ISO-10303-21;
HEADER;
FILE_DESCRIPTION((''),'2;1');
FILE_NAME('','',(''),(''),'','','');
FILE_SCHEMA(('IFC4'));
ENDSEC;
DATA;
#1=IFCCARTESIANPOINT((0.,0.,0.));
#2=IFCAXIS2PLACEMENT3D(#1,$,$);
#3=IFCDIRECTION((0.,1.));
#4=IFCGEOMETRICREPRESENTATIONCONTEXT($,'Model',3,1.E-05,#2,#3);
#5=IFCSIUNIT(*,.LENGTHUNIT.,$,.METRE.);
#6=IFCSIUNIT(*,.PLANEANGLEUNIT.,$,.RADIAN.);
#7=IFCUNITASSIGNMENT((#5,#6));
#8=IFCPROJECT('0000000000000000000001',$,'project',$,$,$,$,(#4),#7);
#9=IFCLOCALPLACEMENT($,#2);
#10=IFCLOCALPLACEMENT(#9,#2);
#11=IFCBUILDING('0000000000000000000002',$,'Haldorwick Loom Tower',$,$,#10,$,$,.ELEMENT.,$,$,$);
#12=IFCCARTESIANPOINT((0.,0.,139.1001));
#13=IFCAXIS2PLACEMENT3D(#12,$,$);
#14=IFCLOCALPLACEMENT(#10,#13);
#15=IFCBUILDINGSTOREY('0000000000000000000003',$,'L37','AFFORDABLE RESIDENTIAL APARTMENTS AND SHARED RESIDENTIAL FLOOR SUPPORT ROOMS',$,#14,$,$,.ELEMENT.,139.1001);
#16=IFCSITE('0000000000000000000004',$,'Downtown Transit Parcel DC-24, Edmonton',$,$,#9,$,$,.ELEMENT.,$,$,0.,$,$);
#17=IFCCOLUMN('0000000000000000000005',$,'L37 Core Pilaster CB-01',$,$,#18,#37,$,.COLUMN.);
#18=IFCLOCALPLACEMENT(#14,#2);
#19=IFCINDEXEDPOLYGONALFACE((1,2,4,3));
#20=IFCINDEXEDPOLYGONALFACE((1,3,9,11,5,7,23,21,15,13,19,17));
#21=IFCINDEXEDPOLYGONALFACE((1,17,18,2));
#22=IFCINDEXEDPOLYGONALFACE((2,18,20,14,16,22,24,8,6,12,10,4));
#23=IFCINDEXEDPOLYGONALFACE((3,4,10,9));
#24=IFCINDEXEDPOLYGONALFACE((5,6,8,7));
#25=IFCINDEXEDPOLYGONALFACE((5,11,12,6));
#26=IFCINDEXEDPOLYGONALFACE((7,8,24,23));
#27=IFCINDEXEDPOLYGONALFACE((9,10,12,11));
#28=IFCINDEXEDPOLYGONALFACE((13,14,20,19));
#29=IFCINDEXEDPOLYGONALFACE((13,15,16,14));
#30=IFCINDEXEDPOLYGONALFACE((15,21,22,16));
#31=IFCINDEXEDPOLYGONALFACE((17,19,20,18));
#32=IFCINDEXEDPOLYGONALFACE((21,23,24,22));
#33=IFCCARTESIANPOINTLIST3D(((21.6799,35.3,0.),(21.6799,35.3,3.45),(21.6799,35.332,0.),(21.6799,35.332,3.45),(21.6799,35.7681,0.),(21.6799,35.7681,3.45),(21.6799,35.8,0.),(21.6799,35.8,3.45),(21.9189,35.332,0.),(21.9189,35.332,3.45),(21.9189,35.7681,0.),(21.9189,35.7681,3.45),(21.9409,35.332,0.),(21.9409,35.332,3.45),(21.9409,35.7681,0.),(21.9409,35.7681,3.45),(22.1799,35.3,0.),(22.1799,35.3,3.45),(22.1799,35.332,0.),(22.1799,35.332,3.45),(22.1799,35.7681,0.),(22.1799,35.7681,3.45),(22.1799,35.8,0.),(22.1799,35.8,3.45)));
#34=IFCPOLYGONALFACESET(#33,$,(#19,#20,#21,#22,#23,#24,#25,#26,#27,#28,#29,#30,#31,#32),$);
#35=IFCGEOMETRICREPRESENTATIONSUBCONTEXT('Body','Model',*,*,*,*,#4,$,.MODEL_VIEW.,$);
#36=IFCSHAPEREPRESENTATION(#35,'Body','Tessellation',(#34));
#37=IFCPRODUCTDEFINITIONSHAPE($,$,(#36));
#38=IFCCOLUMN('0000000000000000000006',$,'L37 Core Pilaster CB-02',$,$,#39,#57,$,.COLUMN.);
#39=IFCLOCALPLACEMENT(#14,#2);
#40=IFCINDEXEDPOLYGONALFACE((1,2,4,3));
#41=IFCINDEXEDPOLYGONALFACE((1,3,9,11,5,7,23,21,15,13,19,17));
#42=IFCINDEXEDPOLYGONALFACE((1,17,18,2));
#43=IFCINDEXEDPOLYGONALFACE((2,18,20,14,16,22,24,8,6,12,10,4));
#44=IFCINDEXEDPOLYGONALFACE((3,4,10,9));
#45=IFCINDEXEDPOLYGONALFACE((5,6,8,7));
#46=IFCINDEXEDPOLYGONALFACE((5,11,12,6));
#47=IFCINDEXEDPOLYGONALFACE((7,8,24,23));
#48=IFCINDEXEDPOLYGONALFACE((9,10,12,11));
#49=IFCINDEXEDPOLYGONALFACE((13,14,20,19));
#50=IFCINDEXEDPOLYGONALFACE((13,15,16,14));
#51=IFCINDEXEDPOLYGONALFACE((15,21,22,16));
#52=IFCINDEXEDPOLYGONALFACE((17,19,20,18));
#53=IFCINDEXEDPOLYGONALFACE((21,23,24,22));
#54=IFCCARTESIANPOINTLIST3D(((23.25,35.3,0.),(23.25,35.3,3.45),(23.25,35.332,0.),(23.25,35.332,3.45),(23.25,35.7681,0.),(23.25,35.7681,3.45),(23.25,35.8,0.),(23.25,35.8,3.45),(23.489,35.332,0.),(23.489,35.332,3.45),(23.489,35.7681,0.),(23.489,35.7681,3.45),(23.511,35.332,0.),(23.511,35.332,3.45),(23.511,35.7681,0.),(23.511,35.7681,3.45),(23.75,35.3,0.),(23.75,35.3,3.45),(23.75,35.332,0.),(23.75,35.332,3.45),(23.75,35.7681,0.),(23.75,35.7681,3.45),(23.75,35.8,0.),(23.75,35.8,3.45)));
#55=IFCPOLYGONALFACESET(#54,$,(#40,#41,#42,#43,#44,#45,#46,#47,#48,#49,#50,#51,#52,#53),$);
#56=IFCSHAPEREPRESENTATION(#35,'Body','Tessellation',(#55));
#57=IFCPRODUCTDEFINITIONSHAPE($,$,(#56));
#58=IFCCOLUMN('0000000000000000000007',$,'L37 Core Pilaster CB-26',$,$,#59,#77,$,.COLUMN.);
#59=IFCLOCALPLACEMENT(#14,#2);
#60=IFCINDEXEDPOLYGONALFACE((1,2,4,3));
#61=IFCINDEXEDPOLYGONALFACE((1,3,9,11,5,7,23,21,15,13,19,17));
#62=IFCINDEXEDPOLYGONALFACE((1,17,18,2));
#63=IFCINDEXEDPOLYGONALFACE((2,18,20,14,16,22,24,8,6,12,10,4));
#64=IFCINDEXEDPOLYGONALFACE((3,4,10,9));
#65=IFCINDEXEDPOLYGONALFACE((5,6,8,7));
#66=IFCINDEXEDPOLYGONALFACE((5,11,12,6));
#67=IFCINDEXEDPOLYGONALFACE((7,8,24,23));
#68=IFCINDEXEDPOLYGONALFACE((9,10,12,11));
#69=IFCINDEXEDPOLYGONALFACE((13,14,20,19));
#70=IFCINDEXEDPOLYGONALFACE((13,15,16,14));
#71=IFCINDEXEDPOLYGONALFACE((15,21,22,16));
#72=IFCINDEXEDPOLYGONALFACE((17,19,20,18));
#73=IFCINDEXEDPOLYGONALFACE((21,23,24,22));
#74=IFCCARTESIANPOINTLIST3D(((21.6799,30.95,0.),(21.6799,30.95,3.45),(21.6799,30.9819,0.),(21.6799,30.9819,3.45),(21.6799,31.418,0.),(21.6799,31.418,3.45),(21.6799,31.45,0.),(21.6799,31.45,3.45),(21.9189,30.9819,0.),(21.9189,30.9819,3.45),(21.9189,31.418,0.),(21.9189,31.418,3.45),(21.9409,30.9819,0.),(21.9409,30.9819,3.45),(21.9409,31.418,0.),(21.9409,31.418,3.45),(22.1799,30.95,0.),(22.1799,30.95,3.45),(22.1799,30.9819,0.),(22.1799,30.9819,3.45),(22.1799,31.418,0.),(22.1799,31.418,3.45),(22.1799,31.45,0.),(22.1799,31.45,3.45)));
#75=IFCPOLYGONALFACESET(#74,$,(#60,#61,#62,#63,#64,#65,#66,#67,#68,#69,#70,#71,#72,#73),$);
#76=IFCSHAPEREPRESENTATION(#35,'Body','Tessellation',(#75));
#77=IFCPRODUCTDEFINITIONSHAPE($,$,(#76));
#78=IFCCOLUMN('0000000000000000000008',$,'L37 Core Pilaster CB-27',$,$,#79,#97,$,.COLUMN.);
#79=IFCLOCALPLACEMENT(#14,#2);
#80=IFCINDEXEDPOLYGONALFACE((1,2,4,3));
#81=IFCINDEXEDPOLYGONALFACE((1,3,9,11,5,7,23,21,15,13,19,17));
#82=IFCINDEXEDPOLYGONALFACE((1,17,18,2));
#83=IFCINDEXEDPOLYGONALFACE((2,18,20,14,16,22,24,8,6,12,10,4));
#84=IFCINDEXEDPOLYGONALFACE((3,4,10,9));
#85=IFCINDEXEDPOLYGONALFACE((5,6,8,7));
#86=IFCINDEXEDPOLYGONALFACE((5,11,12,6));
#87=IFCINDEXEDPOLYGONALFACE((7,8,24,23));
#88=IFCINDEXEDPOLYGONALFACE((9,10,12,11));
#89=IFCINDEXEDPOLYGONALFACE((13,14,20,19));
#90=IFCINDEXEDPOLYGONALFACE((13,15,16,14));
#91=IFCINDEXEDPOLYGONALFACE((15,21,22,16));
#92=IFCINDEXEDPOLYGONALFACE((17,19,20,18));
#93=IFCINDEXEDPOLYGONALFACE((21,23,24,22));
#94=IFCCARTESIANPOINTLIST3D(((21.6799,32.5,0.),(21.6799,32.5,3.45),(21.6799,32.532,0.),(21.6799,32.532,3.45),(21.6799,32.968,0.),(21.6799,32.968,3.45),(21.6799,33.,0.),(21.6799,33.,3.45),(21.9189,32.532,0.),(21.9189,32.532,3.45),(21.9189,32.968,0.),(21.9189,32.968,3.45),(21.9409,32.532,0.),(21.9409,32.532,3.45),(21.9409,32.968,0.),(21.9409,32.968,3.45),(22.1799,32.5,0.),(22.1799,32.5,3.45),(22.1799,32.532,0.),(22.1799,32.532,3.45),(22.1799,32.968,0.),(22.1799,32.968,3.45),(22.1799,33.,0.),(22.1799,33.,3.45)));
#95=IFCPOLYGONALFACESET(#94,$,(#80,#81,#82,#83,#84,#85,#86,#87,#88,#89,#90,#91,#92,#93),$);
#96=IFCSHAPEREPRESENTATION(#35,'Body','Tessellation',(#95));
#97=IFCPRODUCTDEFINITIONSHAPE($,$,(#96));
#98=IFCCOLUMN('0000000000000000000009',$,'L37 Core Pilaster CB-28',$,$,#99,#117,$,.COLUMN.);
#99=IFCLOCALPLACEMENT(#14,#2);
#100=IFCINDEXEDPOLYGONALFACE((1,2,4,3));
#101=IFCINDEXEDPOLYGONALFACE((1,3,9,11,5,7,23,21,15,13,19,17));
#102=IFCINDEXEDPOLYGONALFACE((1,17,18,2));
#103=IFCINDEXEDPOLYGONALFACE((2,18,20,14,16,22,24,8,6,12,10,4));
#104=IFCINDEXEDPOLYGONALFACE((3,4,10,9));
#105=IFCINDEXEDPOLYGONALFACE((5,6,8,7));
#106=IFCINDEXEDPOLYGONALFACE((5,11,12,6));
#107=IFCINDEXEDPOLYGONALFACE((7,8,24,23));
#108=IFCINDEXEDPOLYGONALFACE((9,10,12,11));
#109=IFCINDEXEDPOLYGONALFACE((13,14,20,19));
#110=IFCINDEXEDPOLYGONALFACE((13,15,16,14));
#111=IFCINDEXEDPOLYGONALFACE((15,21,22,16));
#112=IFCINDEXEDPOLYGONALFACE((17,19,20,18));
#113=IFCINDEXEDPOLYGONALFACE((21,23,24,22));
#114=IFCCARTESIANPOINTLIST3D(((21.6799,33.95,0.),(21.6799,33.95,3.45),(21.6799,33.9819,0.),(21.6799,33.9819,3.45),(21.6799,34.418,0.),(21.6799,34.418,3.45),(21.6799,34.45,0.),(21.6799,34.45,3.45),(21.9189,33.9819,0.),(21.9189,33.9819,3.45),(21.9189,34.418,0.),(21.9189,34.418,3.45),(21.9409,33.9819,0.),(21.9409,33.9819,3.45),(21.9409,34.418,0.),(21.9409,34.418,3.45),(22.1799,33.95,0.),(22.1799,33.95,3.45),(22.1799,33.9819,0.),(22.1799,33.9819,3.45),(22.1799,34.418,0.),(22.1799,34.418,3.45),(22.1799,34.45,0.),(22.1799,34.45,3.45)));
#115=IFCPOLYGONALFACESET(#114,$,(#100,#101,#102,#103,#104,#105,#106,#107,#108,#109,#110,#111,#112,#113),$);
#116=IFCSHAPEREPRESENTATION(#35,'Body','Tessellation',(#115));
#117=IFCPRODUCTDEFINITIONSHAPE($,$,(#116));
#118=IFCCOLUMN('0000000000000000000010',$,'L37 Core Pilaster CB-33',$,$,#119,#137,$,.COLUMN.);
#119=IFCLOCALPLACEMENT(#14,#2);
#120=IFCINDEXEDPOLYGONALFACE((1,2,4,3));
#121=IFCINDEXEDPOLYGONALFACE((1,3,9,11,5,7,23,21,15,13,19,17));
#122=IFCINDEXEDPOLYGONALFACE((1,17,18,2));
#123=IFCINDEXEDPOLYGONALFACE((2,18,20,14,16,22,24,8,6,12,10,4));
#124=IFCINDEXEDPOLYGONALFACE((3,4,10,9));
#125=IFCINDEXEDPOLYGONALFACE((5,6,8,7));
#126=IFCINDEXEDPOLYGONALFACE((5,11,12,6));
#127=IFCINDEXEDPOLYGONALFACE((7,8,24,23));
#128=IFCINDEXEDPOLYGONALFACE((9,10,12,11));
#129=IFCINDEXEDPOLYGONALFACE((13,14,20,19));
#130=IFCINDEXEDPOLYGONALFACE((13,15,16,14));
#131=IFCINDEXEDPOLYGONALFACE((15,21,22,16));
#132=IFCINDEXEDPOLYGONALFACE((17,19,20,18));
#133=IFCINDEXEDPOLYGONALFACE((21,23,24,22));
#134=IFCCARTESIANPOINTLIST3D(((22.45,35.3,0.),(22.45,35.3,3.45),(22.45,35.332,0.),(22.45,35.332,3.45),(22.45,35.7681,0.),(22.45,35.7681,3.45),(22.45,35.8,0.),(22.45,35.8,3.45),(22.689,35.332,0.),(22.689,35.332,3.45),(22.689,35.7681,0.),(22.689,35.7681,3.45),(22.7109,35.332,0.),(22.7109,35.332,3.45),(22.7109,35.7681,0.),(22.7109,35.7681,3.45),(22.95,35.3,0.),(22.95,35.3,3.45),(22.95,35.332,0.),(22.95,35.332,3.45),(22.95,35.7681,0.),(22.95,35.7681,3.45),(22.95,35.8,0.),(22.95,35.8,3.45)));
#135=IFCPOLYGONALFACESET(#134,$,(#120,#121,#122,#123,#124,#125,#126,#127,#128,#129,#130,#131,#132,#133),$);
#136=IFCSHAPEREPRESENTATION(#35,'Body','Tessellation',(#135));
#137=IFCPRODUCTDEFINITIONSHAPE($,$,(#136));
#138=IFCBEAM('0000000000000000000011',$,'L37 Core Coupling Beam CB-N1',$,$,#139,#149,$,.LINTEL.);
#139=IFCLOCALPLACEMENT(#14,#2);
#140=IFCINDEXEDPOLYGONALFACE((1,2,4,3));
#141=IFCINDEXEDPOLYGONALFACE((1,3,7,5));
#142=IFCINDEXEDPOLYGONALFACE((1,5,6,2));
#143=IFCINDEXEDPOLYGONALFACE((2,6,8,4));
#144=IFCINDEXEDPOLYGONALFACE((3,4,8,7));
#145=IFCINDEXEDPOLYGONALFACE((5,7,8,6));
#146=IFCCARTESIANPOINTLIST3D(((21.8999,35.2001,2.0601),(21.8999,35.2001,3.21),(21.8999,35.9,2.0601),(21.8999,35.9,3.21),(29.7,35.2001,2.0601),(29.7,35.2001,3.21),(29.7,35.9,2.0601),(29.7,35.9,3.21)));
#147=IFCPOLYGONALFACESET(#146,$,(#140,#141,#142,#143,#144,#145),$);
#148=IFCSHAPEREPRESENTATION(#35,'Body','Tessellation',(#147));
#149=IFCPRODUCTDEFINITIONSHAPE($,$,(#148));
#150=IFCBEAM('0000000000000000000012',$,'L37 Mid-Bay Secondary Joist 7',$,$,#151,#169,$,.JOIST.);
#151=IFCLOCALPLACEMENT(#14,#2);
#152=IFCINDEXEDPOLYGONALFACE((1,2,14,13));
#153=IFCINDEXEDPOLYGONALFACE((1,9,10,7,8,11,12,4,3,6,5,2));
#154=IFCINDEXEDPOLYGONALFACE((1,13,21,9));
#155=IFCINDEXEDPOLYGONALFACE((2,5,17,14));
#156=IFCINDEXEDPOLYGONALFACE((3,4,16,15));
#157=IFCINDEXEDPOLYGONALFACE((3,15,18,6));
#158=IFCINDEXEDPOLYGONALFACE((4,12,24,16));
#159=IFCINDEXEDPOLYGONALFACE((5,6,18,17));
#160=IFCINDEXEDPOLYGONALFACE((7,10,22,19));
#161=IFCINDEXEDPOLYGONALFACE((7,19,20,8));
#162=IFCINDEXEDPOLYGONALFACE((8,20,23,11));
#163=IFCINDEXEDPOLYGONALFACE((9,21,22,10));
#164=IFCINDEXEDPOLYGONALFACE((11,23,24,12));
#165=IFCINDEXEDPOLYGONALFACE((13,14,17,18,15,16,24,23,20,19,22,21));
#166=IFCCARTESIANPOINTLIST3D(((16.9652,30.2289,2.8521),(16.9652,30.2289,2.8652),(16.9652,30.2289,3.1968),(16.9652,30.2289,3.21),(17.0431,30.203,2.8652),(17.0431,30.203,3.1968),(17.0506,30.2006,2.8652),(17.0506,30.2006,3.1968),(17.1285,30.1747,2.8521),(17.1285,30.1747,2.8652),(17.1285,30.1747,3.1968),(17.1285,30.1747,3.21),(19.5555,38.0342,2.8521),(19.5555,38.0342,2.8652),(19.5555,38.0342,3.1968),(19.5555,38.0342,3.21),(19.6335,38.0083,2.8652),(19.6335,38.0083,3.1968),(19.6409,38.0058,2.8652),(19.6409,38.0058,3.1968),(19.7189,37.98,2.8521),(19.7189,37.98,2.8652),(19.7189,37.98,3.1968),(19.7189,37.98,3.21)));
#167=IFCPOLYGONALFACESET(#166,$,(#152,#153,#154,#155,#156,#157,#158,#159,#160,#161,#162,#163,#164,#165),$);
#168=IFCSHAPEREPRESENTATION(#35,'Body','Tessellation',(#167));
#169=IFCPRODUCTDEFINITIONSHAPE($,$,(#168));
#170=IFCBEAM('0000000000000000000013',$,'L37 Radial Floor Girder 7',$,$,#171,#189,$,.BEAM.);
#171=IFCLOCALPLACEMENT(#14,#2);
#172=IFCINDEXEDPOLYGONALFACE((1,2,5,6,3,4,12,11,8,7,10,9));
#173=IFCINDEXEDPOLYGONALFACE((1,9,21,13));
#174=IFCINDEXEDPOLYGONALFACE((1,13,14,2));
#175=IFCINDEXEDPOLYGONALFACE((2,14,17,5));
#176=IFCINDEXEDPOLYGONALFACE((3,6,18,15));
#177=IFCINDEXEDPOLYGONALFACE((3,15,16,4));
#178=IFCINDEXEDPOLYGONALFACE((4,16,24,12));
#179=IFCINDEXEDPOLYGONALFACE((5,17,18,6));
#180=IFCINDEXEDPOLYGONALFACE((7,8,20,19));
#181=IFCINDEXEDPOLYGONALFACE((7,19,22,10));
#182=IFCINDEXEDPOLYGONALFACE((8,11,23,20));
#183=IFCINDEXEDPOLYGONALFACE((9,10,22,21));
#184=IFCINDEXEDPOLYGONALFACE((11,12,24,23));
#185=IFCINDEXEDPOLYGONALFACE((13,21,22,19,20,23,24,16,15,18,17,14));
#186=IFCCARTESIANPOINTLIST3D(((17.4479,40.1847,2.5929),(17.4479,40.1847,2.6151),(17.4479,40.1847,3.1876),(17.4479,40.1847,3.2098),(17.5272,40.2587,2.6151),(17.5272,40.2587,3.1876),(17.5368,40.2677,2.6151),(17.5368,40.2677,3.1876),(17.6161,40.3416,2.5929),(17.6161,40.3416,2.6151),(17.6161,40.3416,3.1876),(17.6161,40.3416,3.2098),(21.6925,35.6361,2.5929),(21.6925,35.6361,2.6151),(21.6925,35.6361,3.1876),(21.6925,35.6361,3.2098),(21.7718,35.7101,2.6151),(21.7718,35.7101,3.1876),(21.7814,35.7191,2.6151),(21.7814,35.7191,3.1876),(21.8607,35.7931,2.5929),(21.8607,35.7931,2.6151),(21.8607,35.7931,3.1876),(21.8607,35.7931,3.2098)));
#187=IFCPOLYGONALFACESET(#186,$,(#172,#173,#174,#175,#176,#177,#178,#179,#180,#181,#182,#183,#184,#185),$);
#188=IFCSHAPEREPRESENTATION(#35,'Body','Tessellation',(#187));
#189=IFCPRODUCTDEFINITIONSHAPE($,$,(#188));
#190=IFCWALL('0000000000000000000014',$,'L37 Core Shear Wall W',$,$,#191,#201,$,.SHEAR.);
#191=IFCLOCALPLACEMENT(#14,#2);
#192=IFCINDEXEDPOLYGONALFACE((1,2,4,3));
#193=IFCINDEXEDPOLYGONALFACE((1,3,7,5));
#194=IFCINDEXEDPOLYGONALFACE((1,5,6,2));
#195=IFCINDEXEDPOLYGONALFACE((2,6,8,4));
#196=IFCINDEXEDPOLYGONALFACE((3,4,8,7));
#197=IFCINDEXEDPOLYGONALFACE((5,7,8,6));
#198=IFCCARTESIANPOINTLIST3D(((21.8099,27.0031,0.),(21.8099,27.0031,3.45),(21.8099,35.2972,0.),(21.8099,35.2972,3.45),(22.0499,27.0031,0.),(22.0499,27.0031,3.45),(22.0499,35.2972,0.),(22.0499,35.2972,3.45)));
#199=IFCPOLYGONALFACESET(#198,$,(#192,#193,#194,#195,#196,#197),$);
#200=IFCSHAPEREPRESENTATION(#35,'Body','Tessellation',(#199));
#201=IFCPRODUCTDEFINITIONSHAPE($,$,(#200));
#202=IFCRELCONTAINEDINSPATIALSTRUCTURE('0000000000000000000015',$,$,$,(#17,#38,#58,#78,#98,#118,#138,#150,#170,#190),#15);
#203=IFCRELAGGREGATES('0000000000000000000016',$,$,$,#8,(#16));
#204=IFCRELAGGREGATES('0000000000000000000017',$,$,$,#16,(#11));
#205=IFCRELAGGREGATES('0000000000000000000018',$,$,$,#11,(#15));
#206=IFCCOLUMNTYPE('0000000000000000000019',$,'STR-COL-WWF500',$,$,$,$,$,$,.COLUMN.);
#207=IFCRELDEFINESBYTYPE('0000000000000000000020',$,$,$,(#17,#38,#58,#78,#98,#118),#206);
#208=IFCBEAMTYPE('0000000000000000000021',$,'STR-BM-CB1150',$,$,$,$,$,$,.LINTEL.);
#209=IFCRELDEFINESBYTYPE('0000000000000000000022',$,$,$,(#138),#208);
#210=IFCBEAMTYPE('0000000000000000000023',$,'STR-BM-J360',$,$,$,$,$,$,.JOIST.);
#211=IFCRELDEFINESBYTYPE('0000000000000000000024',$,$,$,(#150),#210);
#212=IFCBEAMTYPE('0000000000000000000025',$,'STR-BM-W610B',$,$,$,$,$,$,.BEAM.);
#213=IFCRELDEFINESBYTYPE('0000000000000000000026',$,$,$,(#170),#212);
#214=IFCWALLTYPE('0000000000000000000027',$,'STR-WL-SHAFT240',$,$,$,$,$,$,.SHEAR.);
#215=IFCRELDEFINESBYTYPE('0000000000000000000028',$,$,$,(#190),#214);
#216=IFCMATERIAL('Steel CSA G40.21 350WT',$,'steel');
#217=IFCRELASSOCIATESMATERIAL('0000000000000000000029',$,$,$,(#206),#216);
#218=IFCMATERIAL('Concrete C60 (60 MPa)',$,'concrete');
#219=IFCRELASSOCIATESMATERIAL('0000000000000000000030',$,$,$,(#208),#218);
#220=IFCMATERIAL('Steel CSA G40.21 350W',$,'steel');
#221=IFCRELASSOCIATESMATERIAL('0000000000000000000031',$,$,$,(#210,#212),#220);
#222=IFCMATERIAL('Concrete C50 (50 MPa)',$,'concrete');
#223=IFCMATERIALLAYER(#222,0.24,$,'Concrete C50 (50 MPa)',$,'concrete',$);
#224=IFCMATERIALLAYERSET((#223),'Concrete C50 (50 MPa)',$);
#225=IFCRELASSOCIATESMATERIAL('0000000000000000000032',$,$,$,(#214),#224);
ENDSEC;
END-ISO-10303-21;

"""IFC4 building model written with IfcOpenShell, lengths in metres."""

from ifc_helpers import new_model, si_unit, direction, frame, frame_2d, origin, origin_2d, place, context, subcontext, project, spatial, rectangle, i_section, extrude, material, layer, layer_set, material_profile, profile_set, type_object, element, save


model = new_model("IFC4")

# Units and contexts
model_context = context("Model", 3, precision=1e-05, world=origin(), true_north=direction((0.0, 1.0)))
body_context = subcontext(model_context, "Body", "Model", "MODEL_VIEW")
ifc_project = project(units=[si_unit("LENGTHUNIT", "METRE"), si_unit("PLANEANGLEUNIT", "RADIAN")], contexts=[model_context])

# Site, building, storey
site_placement = place(None, origin())
site = spatial("IfcSite", under=ifc_project, at=site_placement, Name="Downtown Transit Parcel DC-24, Edmonton", CompositionType="ELEMENT", RefElevation=0.0)
building_placement = place(site_placement, origin())
building = spatial("IfcBuilding", under=site, at=building_placement, Name="Haldorwick Loom Tower", CompositionType="ELEMENT")
storey_placement = place(building_placement, frame((0.0, 0.0, 139.1001)))
storey = spatial("IfcBuildingStorey", under=building, at=storey_placement, Name="L37", Description="AFFORDABLE RESIDENTIAL APARTMENTS AND SHARED RESIDENTIAL FLOOR SUPPORT ROOMS", CompositionType="ELEMENT", Elevation=139.1001)

# Columns
ifc_material_1 = material(Name="Steel CSA G40.21 350WT", Category="steel")
ifc_material_profile_1 = material_profile(ifc_material_1, i_section(OverallWidth=0.5, OverallDepth=0.5, WebThickness=0.022, FlangeThickness=0.032, at=origin_2d()), Name="WWF500X500", Category="steel")
ifc_profile_set_1 = profile_set([ifc_material_profile_1], Name="Steel CSA G40.21 350WT")
column_type = type_object("IfcColumnType", Name="STR-COL-WWF500", PredefinedType="COLUMN", material=ifc_profile_set_1)
for number, where, z_axis, x_axis, name in (
    (1, (21.9299, 35.55, 0.0), (0.0, 0.0, 1.0), (1.0, 0.0, 0.0), "L37 Core Pilaster CB-01"),
    (2, (23.5, 35.55, 0.0), (0.0, 0.0, 1.0), (1.0, 0.0, 0.0), "L37 Core Pilaster CB-02"),
    (3, (21.9299, 31.2, 0.0), (0.0, 0.0, 1.0), (1.0, 0.0, 0.0), "L37 Core Pilaster CB-26"),
    (4, (21.9299, 32.75, 0.0), (0.0, 0.0, 1.0), (1.0, 0.0, 0.0), "L37 Core Pilaster CB-27"),
    (5, (21.9299, 34.2, 0.0), (0.0, 0.0, 1.0), (1.0, 0.0, 0.0), "L37 Core Pilaster CB-28"),
    (6, (22.7, 35.55, 0.0), (0.0, 0.0, 1.0), (1.0, 0.0, 0.0), "L37 Core Pilaster CB-33"),
):
    element("IfcColumn", number, at=place(storey_placement, frame(where, z_axis=z_axis, x_axis=x_axis)), inside=storey, type_object=column_type, Name=name, PredefinedType="COLUMN", context=body_context, shape_type="SweptSolid", body=[
        extrude(i_section(OverallWidth=0.5, OverallDepth=0.5, WebThickness=0.022, FlangeThickness=0.032, at=origin_2d()), origin(), (0.0, 0.0, 1.0), 3.45),
    ])

# Beams
ifc_material_2 = material(Name="Concrete C60 (60 MPa)", Category="concrete")
ifc_material_profile_2 = material_profile(ifc_material_2, rectangle(XDim=0.7, YDim=1.1499, at=origin_2d()), Name="RC700X1150", Category="concrete")
ifc_profile_set_2 = profile_set([ifc_material_profile_2], Name="Concrete C60 (60 MPa)")
beam_type_1 = type_object("IfcBeamType", Name="STR-BM-CB1150", PredefinedType="LINTEL", material=ifc_profile_set_2)
beam_1_placement = place(storey_placement, frame((21.8999, 35.55, 2.635), z_axis=(1.0, 0.0, 0.0), x_axis=(0.0, 1.0, 0.0)))
element("IfcBeam", 7, at=beam_1_placement, inside=storey, type_object=beam_type_1, Name="L37 Core Coupling Beam CB-N1", PredefinedType="LINTEL", context=body_context, shape_type="SweptSolid", body=[
    extrude(rectangle(XDim=0.7, YDim=1.1499, at=origin_2d()), origin(), (0.0, 0.0, 1.0), 7.8),
])
ifc_material_3 = material(Name="Steel CSA G40.21 350W", Category="steel")
ifc_material_profile_3 = material_profile(ifc_material_3, i_section(OverallWidth=0.1721, OverallDepth=0.3579, WebThickness=0.0078, FlangeThickness=0.0132, at=origin_2d()), Name="W360X57", Category="steel")
ifc_profile_set_3 = profile_set([ifc_material_profile_3], Name="Steel CSA G40.21 350W")
beam_type_2 = type_object("IfcBeamType", Name="STR-BM-J360", PredefinedType="JOIST", material=ifc_profile_set_3)
beam_2_placement = place(storey_placement, frame((19.6372, 38.0071, 3.031), z_axis=(-0.314981, -0.949098, 0.0), x_axis=(0.949098, -0.314981, 0.0)))
element("IfcBeam", 8, at=beam_2_placement, inside=storey, type_object=beam_type_2, Name="L37 Mid-Bay Secondary Joist 7", PredefinedType="JOIST", context=body_context, shape_type="SweptSolid", body=[
    extrude(i_section(OverallWidth=0.1721, OverallDepth=0.3579, WebThickness=0.0078, FlangeThickness=0.0132, at=origin_2d()), origin(), (0.0, 0.0, 1.0), 8.2239),
])
ifc_material_profile_4 = material_profile(ifc_material_3, i_section(OverallWidth=0.23, OverallDepth=0.6169, WebThickness=0.0132, FlangeThickness=0.0222, at=origin_2d()), Name="W610X140", Category="steel")
ifc_profile_set_4 = profile_set([ifc_material_profile_4], Name="Steel CSA G40.21 350W")
beam_type_3 = type_object("IfcBeamType", Name="STR-BM-W610B", PredefinedType="BEAM", material=ifc_profile_set_4)
beam_3_placement = place(storey_placement, frame((21.7766, 35.7146, 2.9014), z_axis=(-0.682257, 0.731113, 0.0), x_axis=(-0.731113, -0.682257, 0.0)))
element("IfcBeam", 9, at=beam_3_placement, inside=storey, type_object=beam_type_3, Name="L37 Radial Floor Girder 7", PredefinedType="BEAM", context=body_context, shape_type="SweptSolid", body=[
    extrude(i_section(OverallWidth=0.23, OverallDepth=0.6169, WebThickness=0.0132, FlangeThickness=0.0222, at=origin_2d()), origin(), (0.0, 0.0, 1.0), 6.2214),
])

# Wall
ifc_material_4 = material(Name="Concrete C50 (50 MPa)", Category="concrete")
ifc_layer = layer(ifc_material_4, 0.24, Name="Concrete C50 (50 MPa)", Category="concrete")
ifc_layer_set = layer_set([ifc_layer], Name="Concrete C50 (50 MPa)")
wall_type = type_object("IfcWallType", Name="STR-WL-SHAFT240", PredefinedType="SHEAR", material=ifc_layer_set)
wall_1_placement = place(storey_placement, frame((21.9299, 35.2971, 0.0), z_axis=(0.0, 0.0, 1.0), x_axis=(0.0, -1.0, 0.0)))
element("IfcWall", 10, at=wall_1_placement, inside=storey, type_object=wall_type, Name="L37 Core Shear Wall W", PredefinedType="SHEAR", context=body_context, shape_type="SweptSolid", body=[
    extrude(rectangle(XDim=8.2942, YDim=0.24, at=frame_2d((4.147, 0.0))), origin(), (0.0, 0.0, 1.0), 3.45),
])

save(model, "model.ifc")
